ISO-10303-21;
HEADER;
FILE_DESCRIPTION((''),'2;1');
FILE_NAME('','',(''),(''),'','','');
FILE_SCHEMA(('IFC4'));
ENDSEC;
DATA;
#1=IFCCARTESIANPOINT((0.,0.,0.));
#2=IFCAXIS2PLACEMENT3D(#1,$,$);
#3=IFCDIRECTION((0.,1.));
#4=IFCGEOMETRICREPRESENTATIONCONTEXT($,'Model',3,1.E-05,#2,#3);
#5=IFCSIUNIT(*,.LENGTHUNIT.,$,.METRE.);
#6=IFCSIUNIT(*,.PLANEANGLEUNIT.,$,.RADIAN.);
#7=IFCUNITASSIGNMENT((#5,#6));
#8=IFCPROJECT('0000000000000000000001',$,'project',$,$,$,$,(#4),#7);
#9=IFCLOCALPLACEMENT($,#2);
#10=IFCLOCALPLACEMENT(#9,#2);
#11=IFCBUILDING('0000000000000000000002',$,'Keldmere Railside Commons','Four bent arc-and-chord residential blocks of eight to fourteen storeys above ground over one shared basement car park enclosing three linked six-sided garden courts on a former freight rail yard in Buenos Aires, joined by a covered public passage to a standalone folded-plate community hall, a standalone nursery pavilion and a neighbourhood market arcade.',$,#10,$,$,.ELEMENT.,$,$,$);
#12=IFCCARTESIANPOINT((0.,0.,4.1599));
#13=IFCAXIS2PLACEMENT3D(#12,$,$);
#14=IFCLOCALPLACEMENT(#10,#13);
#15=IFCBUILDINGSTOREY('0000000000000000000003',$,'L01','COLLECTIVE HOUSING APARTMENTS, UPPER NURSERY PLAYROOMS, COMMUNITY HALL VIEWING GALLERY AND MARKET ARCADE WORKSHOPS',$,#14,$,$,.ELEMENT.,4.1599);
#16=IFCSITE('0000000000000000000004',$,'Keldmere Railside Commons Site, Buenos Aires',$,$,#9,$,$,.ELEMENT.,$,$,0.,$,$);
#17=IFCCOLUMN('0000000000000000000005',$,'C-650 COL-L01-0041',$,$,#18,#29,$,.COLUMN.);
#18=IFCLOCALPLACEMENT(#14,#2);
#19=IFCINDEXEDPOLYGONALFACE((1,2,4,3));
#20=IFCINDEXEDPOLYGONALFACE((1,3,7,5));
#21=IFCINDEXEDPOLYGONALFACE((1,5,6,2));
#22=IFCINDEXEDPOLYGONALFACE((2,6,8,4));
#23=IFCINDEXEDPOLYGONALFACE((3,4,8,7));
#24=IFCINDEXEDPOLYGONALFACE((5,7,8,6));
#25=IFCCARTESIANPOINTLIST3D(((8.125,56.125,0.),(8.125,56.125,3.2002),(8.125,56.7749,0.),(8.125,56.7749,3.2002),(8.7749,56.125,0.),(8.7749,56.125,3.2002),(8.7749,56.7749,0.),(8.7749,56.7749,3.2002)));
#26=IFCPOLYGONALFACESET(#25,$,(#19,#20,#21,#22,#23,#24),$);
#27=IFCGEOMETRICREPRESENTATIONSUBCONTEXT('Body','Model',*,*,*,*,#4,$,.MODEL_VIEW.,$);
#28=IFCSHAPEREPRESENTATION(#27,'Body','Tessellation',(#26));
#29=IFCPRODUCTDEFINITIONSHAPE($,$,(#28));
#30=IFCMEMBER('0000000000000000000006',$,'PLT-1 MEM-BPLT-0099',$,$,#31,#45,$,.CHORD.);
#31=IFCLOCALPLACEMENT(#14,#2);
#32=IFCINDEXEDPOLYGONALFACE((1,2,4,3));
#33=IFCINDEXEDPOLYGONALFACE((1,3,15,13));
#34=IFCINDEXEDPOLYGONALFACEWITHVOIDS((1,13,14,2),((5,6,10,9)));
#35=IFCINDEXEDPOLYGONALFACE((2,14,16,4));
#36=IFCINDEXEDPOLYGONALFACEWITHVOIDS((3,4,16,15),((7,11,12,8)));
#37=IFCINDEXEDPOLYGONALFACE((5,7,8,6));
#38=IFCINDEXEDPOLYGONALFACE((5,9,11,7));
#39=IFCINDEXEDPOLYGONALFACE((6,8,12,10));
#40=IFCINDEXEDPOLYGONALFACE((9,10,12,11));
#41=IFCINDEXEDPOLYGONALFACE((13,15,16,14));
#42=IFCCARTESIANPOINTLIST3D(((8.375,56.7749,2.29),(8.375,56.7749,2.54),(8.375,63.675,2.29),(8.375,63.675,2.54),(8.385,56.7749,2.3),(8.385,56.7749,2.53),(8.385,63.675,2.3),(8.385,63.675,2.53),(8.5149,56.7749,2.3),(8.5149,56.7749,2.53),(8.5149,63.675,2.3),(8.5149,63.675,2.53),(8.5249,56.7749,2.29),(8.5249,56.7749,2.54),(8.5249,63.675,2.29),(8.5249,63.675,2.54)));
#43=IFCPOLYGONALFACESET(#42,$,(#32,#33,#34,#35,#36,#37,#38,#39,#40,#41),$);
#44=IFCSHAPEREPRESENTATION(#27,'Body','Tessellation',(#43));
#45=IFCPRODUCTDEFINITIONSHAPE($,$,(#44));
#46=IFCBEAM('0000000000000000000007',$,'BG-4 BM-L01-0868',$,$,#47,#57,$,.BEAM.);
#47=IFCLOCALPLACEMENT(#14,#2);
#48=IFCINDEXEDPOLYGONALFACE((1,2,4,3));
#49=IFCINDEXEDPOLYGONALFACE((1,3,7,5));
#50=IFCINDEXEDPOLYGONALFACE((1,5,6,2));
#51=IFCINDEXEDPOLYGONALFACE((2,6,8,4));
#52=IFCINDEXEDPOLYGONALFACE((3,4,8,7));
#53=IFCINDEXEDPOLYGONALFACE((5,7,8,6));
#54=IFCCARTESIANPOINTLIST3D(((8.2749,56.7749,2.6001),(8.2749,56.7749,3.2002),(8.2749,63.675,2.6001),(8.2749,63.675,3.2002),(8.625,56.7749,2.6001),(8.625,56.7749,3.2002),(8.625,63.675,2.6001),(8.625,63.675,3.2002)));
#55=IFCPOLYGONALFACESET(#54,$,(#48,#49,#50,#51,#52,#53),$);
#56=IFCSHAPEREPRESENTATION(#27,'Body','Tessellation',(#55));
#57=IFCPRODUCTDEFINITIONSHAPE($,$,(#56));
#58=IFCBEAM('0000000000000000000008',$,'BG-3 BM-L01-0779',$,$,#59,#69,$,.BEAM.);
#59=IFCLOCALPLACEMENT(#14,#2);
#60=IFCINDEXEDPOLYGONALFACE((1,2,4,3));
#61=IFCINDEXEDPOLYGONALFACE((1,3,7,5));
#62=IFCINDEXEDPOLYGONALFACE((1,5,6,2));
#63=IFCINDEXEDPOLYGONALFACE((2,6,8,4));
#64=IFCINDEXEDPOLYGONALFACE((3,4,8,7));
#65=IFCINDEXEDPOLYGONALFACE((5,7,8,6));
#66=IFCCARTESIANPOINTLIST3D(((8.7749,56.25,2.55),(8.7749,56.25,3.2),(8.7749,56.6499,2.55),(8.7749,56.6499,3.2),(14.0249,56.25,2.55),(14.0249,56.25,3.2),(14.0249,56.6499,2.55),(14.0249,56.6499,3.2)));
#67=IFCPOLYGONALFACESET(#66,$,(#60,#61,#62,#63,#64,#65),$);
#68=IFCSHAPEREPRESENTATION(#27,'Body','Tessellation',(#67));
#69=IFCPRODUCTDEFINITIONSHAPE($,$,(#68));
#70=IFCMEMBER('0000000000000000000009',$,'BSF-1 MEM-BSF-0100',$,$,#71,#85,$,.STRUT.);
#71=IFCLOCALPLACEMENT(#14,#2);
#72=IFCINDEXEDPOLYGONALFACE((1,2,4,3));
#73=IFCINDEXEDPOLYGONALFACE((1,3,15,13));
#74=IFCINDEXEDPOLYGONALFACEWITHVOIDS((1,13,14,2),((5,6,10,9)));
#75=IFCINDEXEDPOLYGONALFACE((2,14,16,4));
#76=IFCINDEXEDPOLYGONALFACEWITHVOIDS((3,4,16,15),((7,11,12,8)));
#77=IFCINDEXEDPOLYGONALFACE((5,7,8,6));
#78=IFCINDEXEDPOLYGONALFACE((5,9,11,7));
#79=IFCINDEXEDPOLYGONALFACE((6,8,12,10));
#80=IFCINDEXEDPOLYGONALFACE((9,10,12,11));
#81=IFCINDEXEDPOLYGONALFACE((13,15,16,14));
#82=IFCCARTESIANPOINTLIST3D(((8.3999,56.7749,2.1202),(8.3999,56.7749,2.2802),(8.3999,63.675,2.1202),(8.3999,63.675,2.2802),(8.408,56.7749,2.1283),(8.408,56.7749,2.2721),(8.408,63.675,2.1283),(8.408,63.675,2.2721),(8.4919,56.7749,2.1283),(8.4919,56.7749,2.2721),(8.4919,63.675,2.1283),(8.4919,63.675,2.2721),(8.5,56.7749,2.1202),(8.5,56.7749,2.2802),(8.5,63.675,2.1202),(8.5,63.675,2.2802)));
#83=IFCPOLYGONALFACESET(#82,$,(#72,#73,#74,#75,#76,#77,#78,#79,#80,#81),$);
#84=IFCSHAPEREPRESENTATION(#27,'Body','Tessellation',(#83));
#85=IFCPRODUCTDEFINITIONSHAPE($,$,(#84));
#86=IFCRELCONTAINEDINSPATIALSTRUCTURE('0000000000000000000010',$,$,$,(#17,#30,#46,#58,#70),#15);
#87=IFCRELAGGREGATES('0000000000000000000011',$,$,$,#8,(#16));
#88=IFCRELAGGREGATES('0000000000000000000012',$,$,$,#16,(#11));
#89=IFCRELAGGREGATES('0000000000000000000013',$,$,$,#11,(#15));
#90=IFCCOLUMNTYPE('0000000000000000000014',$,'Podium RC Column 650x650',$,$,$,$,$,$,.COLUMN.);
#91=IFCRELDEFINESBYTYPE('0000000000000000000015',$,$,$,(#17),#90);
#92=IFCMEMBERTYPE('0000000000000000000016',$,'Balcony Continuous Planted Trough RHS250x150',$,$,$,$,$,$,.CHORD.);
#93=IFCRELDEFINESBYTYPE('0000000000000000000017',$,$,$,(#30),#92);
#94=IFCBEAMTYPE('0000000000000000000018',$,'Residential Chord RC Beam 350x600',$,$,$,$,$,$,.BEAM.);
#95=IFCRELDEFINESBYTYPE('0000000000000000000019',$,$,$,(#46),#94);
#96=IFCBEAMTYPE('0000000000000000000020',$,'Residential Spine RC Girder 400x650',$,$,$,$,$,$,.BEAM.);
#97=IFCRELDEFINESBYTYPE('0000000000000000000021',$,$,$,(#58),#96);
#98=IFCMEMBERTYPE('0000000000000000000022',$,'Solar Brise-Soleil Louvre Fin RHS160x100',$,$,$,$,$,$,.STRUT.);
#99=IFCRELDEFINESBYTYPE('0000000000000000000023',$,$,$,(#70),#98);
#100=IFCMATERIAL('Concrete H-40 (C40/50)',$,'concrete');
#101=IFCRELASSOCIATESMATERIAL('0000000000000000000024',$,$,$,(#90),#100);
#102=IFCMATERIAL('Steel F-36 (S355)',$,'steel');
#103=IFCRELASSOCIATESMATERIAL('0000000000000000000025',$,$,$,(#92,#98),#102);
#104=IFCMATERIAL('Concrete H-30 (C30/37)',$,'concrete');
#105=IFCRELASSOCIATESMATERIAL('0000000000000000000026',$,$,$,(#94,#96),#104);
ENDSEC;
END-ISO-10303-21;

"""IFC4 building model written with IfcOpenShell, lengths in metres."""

from ifc_helpers import new_model, si_unit, direction, frame, origin, origin_2d, place, context, subcontext, project, spatial, rectangle, hollow_rectangle, extrude, material, material_profile, profile_set, type_object, element, save


model = new_model("IFC4")

# Units and contexts
model_context = context("Model", 3, precision=1e-05, world=origin(), true_north=direction((0.0, 1.0)))
body_context = subcontext(model_context, "Body", "Model", "MODEL_VIEW")
ifc_project = project(units=[si_unit("LENGTHUNIT", "METRE"), si_unit("PLANEANGLEUNIT", "RADIAN")], contexts=[model_context])

# Site, building, storey
site_placement = place(None, origin())
site = spatial("IfcSite", under=ifc_project, at=site_placement, Name="Keldmere Railside Commons Site, Buenos Aires", CompositionType="ELEMENT", RefElevation=0.0)
building_placement = place(site_placement, origin())
building = spatial("IfcBuilding", under=site, at=building_placement, Name="Keldmere Railside Commons", Description="Four bent arc-and-chord residential blocks of eight to fourteen storeys above ground over one shared basement car park enclosing three linked six-sided garden courts on a former freight rail yard in Buenos Aires, joined by a covered public passage to a standalone folded-plate community hall, a standalone nursery pavilion and a neighbourhood market arcade.", CompositionType="ELEMENT")
storey_placement = place(building_placement, frame((0.0, 0.0, 4.1599)))
storey = spatial("IfcBuildingStorey", under=building, at=storey_placement, Name="L01", Description="COLLECTIVE HOUSING APARTMENTS, UPPER NURSERY PLAYROOMS, COMMUNITY HALL VIEWING GALLERY AND MARKET ARCADE WORKSHOPS", CompositionType="ELEMENT", Elevation=4.1599)

# Column
ifc_material_1 = material(Name="Concrete H-40 (C40/50)", Category="concrete")
ifc_material_profile_1 = material_profile(ifc_material_1, rectangle(XDim=0.6499, YDim=0.6499, at=origin_2d()), Name="RC-650x650")
ifc_profile_set_1 = profile_set([ifc_material_profile_1], Name="Concrete H-40 (C40/50)")
column_type = type_object("IfcColumnType", Name="Podium RC Column 650x650", PredefinedType="COLUMN", material=ifc_profile_set_1)
column_placement = place(storey_placement, frame((8.45, 56.45, 0.0), z_axis=(0.0, 0.0, 1.0), x_axis=(1.0, 0.0, 0.0)))
element("IfcColumn", 1, at=column_placement, inside=storey, type_object=column_type, Name="C-650 COL-L01-0041", PredefinedType="COLUMN", context=body_context, shape_type="SweptSolid", body=[
    extrude(rectangle(XDim=0.6499, YDim=0.6499, at=origin_2d()), origin(), (0.0, 0.0, 1.0), 3.2002),
])

# Member
ifc_material_2 = material(Name="Steel F-36 (S355)", Category="steel")
ifc_material_profile_2 = material_profile(ifc_material_2, hollow_rectangle(XDim=0.1499, YDim=0.25, WallThickness=0.01, at=origin_2d()), Name="RHS-250x150x10")
ifc_profile_set_2 = profile_set([ifc_material_profile_2], Name="Steel F-36 (S355)")
member_type_1 = type_object("IfcMemberType", Name="Balcony Continuous Planted Trough RHS250x150", PredefinedType="CHORD", material=ifc_profile_set_2)
member_1_placement = place(storey_placement, frame((8.45, 56.7749, 2.415), z_axis=(0.0, 1.0, 0.0), x_axis=(-1.0, 0.0, 0.0)))
element("IfcMember", 2, at=member_1_placement, inside=storey, type_object=member_type_1, Name="PLT-1 MEM-BPLT-0099", PredefinedType="CHORD", context=body_context, shape_type="SweptSolid", body=[
    extrude(hollow_rectangle(XDim=0.1499, YDim=0.25, WallThickness=0.01, at=origin_2d()), origin(), (0.0, 0.0, 1.0), 6.9001),
])

# Beams
ifc_material_3 = material(Name="Concrete H-30 (C30/37)", Category="concrete")
ifc_material_profile_3 = material_profile(ifc_material_3, rectangle(XDim=0.3501, YDim=0.6001, at=origin_2d()), Name="RC-350x600")
ifc_profile_set_3 = profile_set([ifc_material_profile_3], Name="Concrete H-30 (C30/37)")
beam_type_1 = type_object("IfcBeamType", Name="Residential Chord RC Beam 350x600", PredefinedType="BEAM", material=ifc_profile_set_3)
beam_1_placement = place(storey_placement, frame((8.45, 56.7749, 2.9001), z_axis=(0.0, 1.0, 0.0), x_axis=(-1.0, 0.0, 0.0)))
element("IfcBeam", 3, at=beam_1_placement, inside=storey, type_object=beam_type_1, Name="BG-4 BM-L01-0868", PredefinedType="BEAM", context=body_context, shape_type="SweptSolid", body=[
    extrude(rectangle(XDim=0.3501, YDim=0.6001, at=origin_2d()), origin(), (0.0, 0.0, 1.0), 6.9001),
])
ifc_material_profile_4 = material_profile(ifc_material_3, rectangle(XDim=0.3999, YDim=0.6499, at=origin_2d()), Name="RC-400x650")
ifc_profile_set_4 = profile_set([ifc_material_profile_4], Name="Concrete H-30 (C30/37)")
beam_type_2 = type_object("IfcBeamType", Name="Residential Spine RC Girder 400x650", PredefinedType="BEAM", material=ifc_profile_set_4)
beam_2_placement = place(storey_placement, frame((8.7749, 56.45, 2.875), z_axis=(1.0, 0.0, 0.0), x_axis=(0.0, 1.0, 0.0)))
element("IfcBeam", 4, at=beam_2_placement, inside=storey, type_object=beam_type_2, Name="BG-3 BM-L01-0779", PredefinedType="BEAM", context=body_context, shape_type="SweptSolid", body=[
    extrude(rectangle(XDim=0.3999, YDim=0.6499, at=origin_2d()), origin(), (0.0, 0.0, 1.0), 5.25),
])

# Member
ifc_material_profile_5 = material_profile(ifc_material_2, hollow_rectangle(XDim=0.1001, YDim=0.1599, WallThickness=0.0081, at=origin_2d()), Name="RHS-160x100x8")
ifc_profile_set_5 = profile_set([ifc_material_profile_5], Name="Steel F-36 (S355)")
member_type_2 = type_object("IfcMemberType", Name="Solar Brise-Soleil Louvre Fin RHS160x100", PredefinedType="STRUT", material=ifc_profile_set_5)
member_2_placement = place(storey_placement, frame((8.45, 56.7749, 2.2002), z_axis=(0.0, 1.0, 0.0), x_axis=(-1.0, 0.0, 0.0)))
element("IfcMember", 5, at=member_2_placement, inside=storey, type_object=member_type_2, Name="BSF-1 MEM-BSF-0100", PredefinedType="STRUT", context=body_context, shape_type="SweptSolid", body=[
    extrude(hollow_rectangle(XDim=0.1001, YDim=0.1599, WallThickness=0.0081, at=origin_2d()), origin(), (0.0, 0.0, 1.0), 6.9001),
])

save(model, "model.ifc")
